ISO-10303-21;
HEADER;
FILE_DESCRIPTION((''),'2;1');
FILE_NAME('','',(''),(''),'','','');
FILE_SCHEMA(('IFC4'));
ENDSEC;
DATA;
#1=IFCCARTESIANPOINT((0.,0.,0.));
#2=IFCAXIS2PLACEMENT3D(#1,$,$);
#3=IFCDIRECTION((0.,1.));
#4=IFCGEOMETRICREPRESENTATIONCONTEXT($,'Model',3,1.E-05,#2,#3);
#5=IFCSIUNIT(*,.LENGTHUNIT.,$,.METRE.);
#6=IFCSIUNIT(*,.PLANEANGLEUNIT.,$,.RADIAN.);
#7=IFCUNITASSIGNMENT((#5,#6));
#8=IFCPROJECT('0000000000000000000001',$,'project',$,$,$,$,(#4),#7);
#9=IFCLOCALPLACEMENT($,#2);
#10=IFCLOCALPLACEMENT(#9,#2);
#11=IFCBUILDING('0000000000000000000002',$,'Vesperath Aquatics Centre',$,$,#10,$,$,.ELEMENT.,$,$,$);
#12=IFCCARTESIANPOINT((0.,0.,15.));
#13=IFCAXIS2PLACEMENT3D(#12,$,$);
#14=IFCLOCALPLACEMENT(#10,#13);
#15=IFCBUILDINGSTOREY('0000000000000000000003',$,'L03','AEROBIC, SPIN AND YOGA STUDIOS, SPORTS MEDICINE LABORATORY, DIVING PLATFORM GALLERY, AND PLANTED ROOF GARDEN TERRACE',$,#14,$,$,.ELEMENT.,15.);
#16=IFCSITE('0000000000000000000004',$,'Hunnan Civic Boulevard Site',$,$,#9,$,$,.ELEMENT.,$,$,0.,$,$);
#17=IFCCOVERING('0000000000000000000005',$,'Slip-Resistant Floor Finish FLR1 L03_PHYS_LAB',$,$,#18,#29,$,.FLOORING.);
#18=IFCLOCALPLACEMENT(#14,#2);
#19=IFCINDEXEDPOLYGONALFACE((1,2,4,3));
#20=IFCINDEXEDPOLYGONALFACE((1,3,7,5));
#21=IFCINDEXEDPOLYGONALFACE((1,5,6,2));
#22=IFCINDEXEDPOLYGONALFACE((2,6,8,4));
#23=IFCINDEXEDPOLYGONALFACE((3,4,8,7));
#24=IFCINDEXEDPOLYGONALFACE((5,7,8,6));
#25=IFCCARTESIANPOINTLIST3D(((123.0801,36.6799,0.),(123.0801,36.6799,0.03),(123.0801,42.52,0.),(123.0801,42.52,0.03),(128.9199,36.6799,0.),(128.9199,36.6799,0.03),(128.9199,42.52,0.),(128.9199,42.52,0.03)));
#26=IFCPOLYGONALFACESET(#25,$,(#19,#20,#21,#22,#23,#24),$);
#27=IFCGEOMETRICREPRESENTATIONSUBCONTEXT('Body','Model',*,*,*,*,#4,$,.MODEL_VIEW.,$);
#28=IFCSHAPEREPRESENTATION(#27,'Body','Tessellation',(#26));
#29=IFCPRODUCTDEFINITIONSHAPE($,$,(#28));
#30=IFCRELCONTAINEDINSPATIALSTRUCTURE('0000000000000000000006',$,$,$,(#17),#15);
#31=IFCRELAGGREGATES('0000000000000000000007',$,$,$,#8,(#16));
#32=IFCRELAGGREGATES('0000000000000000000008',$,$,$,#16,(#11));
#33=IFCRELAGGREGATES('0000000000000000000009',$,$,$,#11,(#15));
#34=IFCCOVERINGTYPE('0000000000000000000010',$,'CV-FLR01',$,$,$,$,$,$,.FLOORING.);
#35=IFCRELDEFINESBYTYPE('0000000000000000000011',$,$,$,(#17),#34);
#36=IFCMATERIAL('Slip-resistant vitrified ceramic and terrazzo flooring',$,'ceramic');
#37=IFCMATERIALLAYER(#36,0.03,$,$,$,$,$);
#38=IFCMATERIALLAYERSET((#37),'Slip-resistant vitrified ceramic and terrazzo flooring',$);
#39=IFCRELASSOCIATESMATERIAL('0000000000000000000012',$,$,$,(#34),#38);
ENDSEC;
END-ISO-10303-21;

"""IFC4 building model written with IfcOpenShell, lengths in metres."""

from ifc_helpers import new_model, si_unit, direction, frame, origin, place, context, subcontext, project, spatial, polyline, outline, extrude, material, layer, layer_set, type_object, element, save


model = new_model("IFC4")

# Units and contexts
model_context = context("Model", 3, precision=1e-05, world=origin(), true_north=direction((0.0, 1.0)))
body_context = subcontext(model_context, "Body", "Model", "MODEL_VIEW")
ifc_project = project(units=[si_unit("LENGTHUNIT", "METRE"), si_unit("PLANEANGLEUNIT", "RADIAN")], contexts=[model_context])

# Site, building, storey
site_placement = place(None, origin())
site = spatial("IfcSite", under=ifc_project, at=site_placement, Name="Hunnan Civic Boulevard Site", CompositionType="ELEMENT", RefElevation=0.0)
building_placement = place(site_placement, origin())
building = spatial("IfcBuilding", under=site, at=building_placement, Name="Vesperath Aquatics Centre", CompositionType="ELEMENT")
storey_placement = place(building_placement, frame((0.0, 0.0, 15.0)))
storey = spatial("IfcBuildingStorey", under=building, at=storey_placement, Name="L03", Description="AEROBIC, SPIN AND YOGA STUDIOS, SPORTS MEDICINE LABORATORY, DIVING PLATFORM GALLERY, AND PLANTED ROOF GARDEN TERRACE", CompositionType="ELEMENT", Elevation=15.0)

# Covering
ifc_material_1 = material(Name="Slip-resistant vitrified ceramic and terrazzo flooring", Category="ceramic")
ifc_layer_1 = layer(ifc_material_1, 0.03)
ifc_layer_set_1 = layer_set([ifc_layer_1], Name="Slip-resistant vitrified ceramic and terrazzo flooring")
covering_type_1 = type_object("IfcCoveringType", Name="CV-FLR01", PredefinedType="FLOORING", material=ifc_layer_set_1)
covering_1_placement = place(storey_placement, origin())
element("IfcCovering", 1, at=covering_1_placement, inside=storey, type_object=covering_type_1, Name="Slip-Resistant Floor Finish FLR1 L03_PHYS_LAB", PredefinedType="FLOORING", context=body_context, shape_type="SweptSolid", body=[
    extrude(outline(polyline([(123.0801, 36.6799), (128.9199, 36.6799), (128.9199, 42.52), (123.0801, 42.52), (123.0801, 36.6799)])), origin(), (0.0, 0.0, 1.0), 0.03),
])

save(model, "model.ifc")
